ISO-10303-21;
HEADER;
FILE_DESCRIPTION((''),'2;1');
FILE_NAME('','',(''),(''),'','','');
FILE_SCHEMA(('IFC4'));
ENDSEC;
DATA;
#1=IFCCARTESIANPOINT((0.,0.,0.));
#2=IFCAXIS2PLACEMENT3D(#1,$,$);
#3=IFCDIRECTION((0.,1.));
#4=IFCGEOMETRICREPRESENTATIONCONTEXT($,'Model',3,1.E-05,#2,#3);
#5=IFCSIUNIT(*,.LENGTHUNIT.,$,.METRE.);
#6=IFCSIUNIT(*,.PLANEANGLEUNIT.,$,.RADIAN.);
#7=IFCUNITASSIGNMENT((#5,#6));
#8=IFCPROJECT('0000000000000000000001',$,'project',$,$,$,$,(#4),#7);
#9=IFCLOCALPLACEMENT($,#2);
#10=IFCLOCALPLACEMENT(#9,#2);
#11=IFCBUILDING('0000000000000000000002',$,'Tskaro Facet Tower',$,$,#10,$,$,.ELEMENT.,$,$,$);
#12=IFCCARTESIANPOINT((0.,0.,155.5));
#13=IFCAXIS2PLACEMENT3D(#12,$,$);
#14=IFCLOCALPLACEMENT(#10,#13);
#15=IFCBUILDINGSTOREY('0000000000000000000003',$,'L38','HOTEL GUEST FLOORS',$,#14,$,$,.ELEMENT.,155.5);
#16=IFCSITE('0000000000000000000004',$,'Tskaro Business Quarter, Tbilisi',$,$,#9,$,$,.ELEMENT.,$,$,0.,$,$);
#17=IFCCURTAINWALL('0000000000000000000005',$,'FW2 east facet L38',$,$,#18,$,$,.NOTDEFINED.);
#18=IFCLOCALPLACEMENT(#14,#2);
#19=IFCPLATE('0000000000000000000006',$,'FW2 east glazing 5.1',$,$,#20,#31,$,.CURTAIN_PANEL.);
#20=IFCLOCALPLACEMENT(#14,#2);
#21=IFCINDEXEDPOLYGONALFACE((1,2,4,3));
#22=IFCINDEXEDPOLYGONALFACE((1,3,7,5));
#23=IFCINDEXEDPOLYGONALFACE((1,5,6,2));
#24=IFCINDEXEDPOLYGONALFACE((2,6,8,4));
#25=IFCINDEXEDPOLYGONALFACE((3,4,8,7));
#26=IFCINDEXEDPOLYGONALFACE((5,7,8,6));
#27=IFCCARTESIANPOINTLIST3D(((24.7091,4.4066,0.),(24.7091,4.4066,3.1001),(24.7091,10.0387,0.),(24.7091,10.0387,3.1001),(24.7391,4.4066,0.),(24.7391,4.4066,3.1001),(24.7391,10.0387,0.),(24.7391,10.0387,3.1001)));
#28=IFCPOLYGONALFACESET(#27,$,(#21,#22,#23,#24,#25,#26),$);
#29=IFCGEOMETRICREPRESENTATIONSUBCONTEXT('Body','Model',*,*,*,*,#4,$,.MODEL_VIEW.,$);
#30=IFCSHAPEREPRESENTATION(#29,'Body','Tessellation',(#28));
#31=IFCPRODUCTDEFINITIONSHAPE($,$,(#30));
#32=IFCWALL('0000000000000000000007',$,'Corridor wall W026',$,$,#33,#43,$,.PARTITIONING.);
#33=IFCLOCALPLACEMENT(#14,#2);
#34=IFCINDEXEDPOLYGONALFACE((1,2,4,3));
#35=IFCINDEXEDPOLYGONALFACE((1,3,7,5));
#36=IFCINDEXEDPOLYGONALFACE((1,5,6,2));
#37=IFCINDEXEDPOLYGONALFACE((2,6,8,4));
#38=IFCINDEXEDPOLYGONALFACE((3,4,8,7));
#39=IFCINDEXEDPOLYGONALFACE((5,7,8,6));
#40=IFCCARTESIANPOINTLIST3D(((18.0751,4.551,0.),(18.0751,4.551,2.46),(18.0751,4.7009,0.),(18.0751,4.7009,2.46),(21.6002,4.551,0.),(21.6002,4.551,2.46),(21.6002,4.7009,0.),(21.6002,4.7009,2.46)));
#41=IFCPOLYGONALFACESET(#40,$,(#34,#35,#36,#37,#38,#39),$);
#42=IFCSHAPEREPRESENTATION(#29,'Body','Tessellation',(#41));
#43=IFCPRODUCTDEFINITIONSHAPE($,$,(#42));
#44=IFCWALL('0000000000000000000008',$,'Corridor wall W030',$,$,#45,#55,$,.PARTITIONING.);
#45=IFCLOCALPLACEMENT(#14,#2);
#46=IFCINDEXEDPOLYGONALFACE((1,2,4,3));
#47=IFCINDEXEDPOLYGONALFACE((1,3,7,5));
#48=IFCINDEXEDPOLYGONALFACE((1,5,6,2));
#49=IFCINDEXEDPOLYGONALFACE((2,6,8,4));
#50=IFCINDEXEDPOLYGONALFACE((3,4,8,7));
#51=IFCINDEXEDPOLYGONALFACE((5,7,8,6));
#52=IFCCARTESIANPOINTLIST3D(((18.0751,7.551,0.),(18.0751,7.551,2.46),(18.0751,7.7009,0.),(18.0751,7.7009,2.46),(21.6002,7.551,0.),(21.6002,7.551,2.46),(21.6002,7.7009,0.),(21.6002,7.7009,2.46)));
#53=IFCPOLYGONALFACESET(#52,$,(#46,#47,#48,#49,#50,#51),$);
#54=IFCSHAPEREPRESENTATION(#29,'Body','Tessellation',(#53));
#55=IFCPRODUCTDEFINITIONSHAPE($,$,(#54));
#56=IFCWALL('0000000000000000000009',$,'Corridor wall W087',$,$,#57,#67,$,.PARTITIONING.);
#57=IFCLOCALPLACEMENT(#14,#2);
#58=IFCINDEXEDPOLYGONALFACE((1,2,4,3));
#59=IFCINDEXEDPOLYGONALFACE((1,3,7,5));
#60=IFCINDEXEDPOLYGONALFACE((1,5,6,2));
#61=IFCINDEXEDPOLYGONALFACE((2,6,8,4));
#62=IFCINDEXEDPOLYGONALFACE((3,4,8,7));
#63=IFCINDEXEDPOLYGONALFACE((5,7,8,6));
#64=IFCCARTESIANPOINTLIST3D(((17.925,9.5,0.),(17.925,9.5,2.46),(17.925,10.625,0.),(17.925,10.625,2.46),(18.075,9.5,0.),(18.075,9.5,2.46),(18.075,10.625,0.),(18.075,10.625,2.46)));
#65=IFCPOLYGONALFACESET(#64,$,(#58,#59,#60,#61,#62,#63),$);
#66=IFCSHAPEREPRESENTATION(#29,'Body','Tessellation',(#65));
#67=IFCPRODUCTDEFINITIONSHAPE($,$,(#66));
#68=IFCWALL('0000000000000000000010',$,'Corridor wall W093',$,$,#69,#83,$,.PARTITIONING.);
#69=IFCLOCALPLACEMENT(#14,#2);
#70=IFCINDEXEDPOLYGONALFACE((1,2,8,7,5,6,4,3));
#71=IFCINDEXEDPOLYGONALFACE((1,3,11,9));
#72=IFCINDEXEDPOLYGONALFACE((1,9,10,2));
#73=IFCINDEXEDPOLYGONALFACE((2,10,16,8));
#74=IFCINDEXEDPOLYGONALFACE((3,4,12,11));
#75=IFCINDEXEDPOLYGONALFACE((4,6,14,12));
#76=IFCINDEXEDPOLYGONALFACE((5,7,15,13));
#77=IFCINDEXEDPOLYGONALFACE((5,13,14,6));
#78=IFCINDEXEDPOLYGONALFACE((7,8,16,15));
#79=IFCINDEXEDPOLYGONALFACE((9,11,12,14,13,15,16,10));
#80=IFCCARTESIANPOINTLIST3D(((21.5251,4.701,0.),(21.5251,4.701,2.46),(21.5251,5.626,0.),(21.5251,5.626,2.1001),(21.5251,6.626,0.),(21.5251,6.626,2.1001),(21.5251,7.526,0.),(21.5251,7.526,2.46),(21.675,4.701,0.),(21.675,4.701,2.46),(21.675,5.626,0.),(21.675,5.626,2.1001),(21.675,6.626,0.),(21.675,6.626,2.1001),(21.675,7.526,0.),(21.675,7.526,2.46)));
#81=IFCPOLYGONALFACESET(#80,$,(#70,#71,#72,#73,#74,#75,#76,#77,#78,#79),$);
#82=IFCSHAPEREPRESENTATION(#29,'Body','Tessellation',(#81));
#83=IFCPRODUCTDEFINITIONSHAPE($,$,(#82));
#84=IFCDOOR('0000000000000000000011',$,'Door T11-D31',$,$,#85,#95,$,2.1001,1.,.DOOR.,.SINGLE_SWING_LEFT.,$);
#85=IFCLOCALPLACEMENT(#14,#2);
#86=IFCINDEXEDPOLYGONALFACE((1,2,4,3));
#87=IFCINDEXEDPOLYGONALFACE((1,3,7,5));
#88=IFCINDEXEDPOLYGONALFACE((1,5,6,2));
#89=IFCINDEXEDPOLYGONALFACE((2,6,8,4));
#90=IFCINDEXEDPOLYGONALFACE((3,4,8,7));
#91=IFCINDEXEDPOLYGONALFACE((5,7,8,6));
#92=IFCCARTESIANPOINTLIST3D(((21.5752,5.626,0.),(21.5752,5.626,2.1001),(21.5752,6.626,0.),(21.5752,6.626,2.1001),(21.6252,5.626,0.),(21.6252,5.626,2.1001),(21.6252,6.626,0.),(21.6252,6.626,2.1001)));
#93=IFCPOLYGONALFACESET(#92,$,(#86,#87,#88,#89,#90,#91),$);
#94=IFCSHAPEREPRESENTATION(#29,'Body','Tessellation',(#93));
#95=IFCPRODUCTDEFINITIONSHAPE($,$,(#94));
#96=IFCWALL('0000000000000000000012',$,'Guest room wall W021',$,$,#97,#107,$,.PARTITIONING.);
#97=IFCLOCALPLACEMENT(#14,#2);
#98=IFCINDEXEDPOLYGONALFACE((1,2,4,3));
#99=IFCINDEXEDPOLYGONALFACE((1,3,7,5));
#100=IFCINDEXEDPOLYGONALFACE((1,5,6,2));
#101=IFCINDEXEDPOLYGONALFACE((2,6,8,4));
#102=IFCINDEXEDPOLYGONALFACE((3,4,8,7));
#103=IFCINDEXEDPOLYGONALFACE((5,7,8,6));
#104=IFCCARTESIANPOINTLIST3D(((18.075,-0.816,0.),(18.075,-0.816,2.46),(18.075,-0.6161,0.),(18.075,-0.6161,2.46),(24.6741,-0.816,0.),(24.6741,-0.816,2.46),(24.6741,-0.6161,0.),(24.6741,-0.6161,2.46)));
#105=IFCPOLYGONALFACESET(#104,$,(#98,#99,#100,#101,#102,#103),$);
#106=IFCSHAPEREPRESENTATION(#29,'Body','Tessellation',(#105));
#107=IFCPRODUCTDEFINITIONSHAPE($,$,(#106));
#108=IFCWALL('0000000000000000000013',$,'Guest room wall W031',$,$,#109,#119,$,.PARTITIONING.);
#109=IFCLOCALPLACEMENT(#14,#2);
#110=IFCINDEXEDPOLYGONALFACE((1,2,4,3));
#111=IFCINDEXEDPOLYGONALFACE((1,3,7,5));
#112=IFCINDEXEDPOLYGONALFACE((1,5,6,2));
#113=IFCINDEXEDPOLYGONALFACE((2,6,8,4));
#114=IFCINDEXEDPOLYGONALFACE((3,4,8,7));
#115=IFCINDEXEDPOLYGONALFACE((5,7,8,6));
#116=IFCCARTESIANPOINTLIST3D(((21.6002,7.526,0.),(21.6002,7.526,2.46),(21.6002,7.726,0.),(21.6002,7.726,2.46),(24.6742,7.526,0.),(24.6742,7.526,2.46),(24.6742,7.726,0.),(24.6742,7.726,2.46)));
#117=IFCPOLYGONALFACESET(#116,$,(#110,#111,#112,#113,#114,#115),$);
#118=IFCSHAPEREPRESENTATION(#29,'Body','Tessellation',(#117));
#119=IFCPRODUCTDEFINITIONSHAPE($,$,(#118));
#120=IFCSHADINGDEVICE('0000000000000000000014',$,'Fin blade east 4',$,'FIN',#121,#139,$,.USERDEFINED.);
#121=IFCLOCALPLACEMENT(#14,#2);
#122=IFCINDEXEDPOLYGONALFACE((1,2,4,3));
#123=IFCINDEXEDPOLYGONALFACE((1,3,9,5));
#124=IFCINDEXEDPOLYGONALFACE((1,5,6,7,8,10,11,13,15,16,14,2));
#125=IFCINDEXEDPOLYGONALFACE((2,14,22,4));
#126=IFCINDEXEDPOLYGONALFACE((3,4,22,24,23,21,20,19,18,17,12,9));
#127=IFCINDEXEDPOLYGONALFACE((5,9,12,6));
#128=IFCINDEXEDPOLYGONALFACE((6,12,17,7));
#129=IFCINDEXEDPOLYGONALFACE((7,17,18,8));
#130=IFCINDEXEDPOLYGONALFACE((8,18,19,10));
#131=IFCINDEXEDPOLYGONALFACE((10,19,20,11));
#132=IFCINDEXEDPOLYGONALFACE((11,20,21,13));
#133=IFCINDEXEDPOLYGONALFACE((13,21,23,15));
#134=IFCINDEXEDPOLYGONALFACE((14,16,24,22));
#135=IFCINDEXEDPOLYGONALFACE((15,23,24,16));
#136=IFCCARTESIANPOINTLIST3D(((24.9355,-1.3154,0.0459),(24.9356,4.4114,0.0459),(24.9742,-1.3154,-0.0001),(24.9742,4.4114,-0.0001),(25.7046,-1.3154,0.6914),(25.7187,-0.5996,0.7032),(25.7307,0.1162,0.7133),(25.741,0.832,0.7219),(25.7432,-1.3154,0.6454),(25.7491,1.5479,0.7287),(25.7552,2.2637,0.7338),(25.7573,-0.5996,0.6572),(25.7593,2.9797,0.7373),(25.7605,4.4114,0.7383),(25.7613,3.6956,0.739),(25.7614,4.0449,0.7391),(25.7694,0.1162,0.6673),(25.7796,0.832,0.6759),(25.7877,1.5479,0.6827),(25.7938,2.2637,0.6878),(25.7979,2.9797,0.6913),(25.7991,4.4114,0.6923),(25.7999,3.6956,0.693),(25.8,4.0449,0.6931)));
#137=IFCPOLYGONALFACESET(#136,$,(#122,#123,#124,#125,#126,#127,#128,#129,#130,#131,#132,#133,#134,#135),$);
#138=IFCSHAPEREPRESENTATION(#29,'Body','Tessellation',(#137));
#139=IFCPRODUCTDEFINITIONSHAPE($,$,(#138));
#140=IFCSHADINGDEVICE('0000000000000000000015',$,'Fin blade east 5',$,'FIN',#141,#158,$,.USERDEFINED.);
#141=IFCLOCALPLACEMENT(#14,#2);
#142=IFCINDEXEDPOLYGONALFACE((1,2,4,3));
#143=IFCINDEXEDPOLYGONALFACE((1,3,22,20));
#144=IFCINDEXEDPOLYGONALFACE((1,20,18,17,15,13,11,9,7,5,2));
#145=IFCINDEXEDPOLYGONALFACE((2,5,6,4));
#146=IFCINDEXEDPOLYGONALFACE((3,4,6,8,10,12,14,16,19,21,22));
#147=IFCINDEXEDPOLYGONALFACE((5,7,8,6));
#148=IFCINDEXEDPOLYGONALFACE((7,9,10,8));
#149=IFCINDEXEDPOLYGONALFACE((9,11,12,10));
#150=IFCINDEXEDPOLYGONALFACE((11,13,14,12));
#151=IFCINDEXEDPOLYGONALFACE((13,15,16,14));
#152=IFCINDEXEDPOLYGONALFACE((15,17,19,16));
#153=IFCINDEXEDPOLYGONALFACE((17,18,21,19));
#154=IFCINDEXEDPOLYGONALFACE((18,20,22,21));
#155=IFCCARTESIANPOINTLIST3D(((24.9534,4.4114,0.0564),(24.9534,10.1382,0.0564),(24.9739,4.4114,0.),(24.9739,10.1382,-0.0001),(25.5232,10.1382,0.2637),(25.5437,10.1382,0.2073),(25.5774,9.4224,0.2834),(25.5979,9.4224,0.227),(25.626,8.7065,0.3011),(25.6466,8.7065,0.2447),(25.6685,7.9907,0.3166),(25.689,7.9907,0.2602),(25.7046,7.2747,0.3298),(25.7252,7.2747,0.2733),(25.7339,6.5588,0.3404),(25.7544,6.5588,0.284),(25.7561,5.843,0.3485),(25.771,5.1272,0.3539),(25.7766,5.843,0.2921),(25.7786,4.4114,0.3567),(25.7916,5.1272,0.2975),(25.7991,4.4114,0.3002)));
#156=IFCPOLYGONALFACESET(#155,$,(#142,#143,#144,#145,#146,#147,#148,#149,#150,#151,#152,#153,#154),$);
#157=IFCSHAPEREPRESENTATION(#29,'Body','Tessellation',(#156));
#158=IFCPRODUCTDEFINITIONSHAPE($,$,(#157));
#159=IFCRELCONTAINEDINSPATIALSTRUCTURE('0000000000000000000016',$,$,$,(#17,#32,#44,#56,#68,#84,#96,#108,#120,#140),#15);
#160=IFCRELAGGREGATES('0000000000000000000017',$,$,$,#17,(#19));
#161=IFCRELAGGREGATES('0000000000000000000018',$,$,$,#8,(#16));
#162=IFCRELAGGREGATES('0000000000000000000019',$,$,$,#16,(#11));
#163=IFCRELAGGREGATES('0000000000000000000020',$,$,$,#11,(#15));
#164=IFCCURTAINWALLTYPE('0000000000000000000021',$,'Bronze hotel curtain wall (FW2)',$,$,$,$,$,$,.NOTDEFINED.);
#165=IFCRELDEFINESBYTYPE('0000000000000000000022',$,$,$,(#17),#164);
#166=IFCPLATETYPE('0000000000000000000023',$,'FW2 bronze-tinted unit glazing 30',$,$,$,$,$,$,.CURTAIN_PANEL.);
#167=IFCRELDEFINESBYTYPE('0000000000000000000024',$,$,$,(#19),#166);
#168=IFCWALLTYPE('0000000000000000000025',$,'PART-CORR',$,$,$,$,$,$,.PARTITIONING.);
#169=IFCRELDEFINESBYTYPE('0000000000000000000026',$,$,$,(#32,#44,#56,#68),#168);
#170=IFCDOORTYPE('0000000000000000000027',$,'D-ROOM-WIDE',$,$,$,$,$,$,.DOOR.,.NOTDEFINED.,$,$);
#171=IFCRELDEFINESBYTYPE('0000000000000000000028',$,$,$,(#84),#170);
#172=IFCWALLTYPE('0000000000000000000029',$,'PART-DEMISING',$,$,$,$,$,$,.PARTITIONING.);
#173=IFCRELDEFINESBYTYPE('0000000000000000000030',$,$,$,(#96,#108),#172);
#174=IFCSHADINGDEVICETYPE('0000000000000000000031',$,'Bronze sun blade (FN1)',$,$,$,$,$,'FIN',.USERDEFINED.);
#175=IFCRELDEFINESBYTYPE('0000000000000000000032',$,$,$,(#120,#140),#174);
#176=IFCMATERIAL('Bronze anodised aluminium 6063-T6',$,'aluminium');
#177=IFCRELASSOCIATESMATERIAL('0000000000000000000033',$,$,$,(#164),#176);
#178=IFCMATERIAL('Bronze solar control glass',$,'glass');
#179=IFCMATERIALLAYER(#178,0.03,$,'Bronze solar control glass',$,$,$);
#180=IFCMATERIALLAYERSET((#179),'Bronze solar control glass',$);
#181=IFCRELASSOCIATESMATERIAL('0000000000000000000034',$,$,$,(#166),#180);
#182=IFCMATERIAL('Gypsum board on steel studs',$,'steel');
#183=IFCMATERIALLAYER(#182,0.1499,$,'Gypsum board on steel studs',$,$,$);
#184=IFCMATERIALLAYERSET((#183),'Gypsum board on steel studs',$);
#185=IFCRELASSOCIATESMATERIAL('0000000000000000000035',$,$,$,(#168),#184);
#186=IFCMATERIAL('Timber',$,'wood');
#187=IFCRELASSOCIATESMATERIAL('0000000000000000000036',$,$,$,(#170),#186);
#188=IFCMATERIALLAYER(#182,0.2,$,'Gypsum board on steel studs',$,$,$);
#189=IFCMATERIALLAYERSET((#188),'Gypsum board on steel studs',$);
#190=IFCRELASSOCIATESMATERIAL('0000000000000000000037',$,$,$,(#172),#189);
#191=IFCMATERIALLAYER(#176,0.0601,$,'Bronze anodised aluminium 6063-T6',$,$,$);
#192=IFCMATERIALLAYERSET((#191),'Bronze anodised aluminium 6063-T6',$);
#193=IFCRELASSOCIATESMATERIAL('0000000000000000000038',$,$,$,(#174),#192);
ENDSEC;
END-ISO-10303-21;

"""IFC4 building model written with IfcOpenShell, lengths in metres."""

from ifc_helpers import new_model, si_unit, direction, frame, frame_2d, origin, origin_2d, place, context, subcontext, project, spatial, polyline, rectangle, outline, extrude, material, layer, layer_set, type_object, element, fill, aggregate, save


model = new_model("IFC4")

# Units and contexts
model_context = context("Model", 3, precision=1e-05, world=origin(), true_north=direction((0.0, 1.0)))
body_context = subcontext(model_context, "Body", "Model", "MODEL_VIEW")
ifc_project = project(units=[si_unit("LENGTHUNIT", "METRE"), si_unit("PLANEANGLEUNIT", "RADIAN")], contexts=[model_context])

# Site, building, storey
site_placement = place(None, origin())
site = spatial("IfcSite", under=ifc_project, at=site_placement, Name="Tskaro Business Quarter, Tbilisi", CompositionType="ELEMENT", RefElevation=0.0)
building_placement = place(site_placement, origin())
building = spatial("IfcBuilding", under=site, at=building_placement, Name="Tskaro Facet Tower", CompositionType="ELEMENT")
storey_placement = place(building_placement, frame((0.0, 0.0, 155.5)))
storey = spatial("IfcBuildingStorey", under=building, at=storey_placement, Name="L38", Description="HOTEL GUEST FLOORS", CompositionType="ELEMENT", Elevation=155.5)

# Curtain wall
ifc_material_1 = material(Name="Bronze anodised aluminium 6063-T6", Category="aluminium")
curtain_wall_type = type_object("IfcCurtainWallType", Name="Bronze hotel curtain wall (FW2)", PredefinedType="NOTDEFINED", material=ifc_material_1)
curtain_wall_placement = place(storey_placement, origin())
curtain_wall = element("IfcCurtainWall", 1, at=curtain_wall_placement, inside=storey, type_object=curtain_wall_type, Name="FW2 east facet L38", PredefinedType="NOTDEFINED")

# Plate
ifc_material_2 = material(Name="Bronze solar control glass", Category="glass")
ifc_layer_1 = layer(ifc_material_2, 0.03, Name="Bronze solar control glass")
ifc_layer_set_1 = layer_set([ifc_layer_1], Name="Bronze solar control glass")
plate_type = type_object("IfcPlateType", Name="FW2 bronze-tinted unit glazing 30", PredefinedType="CURTAIN_PANEL", material=ifc_layer_set_1)
plate_1_placement = place(storey_placement, frame((24.7241, 7.2227, 0.0), z_axis=(0.0, 0.0, 1.0), x_axis=(0.0, 1.0, 0.0)))
plate_1 = element("IfcPlate", 2, at=plate_1_placement, type_object=plate_type, Name="FW2 east glazing 5.1", PredefinedType="CURTAIN_PANEL", context=body_context, shape_type="SweptSolid", body=[
    extrude(rectangle(XDim=5.6321, YDim=0.03, at=origin_2d()), origin(), (0.0, 0.0, 1.0), 3.1001),
])
aggregate(curtain_wall, [plate_1])

# Walls
ifc_material_3 = material(Name="Gypsum board on steel studs", Category="steel")
ifc_layer_2 = layer(ifc_material_3, 0.1499, Name="Gypsum board on steel studs")
ifc_layer_set_2 = layer_set([ifc_layer_2], Name="Gypsum board on steel studs")
wall_type_1 = type_object("IfcWallType", Name="PART-CORR", PredefinedType="PARTITIONING", material=ifc_layer_set_2)
for number, where, z_axis, x_axis, name in (
    (3, (18.075, 4.626, 0.0), (0.0, 0.0, 1.0), (1.0, 0.0, 0.0), "Corridor wall W026"),
    (4, (18.075, 7.626, 0.0), (0.0, 0.0, 1.0), (1.0, 0.0, 0.0), "Corridor wall W030"),
):
    element("IfcWall", number, at=place(storey_placement, frame(where, z_axis=z_axis, x_axis=x_axis)), inside=storey, type_object=wall_type_1, Name=name, PredefinedType="PARTITIONING", context=body_context, shape_type="SweptSolid", body=[
        extrude(rectangle(XDim=3.5251, YDim=0.1499, at=frame_2d((1.7627, 0.0))), origin(), (0.0, 0.0, 1.0), 2.46),
    ])
wall_1_placement = place(storey_placement, frame((18.0, 9.5, 0.0), z_axis=(0.0, 0.0, 1.0), x_axis=(0.0, 1.0, 0.0)))
element("IfcWall", 5, at=wall_1_placement, inside=storey, type_object=wall_type_1, Name="Corridor wall W087", PredefinedType="PARTITIONING", context=body_context, shape_type="SweptSolid", body=[
    extrude(rectangle(XDim=1.125, YDim=0.1499, at=frame_2d((0.5625, 0.0))), origin(), (0.0, 0.0, 1.0), 2.46),
])

# Wall, opening, door
wall_2_placement = place(storey_placement, frame((21.6001, 4.7009, 0.0), z_axis=(0.0, 0.0, 1.0), x_axis=(0.0, 1.0, 0.0)))
wall_2 = element("IfcWall", 6, at=wall_2_placement, inside=storey, type_object=wall_type_1, Name="Corridor wall W093", PredefinedType="PARTITIONING", context=body_context, shape_type="SweptSolid", body=[
    extrude(rectangle(XDim=2.825, YDim=0.1499, at=frame_2d((1.4126, 0.0))), origin(), (0.0, 0.0, 1.0), 2.46),
])
opening_placement = place(wall_2_placement, frame((0.925, 0.0, 0.0)))
opening = element("IfcOpeningElement", 7, at=opening_placement, cuts=wall_2, PredefinedType="OPENING", context=body_context, shape_type="SweptSolid", body=[
    extrude(rectangle(XDim=1.0, YDim=2.1001, at=frame_2d((0.5, 1.05))), frame((0.0, 0.085, 0.0), z_axis=(0.0, -1.0, 0.0), x_axis=(1.0, 0.0, 0.0)), (0.0, 0.0, 1.0), 0.1699),
])
ifc_material_4 = material(Name="Timber", Category="wood")
door_type = type_object("IfcDoorType", Name="D-ROOM-WIDE", OperationType="NOTDEFINED", PredefinedType="DOOR", material=ifc_material_4)
door_placement = place(opening_placement, origin())
door = element("IfcDoor", 8, at=door_placement, inside=storey, type_object=door_type, Name="Door T11-D31", OperationType="SINGLE_SWING_LEFT", OverallHeight=2.1001, OverallWidth=1.0, PredefinedType="DOOR", context=body_context, shape_type="SweptSolid", body=[
    extrude(rectangle(XDim=1.0, YDim=2.1001, at=frame_2d((0.5, 1.05))), frame((0.0, 0.0249, 0.0), z_axis=(0.0, -1.0, 0.0), x_axis=(1.0, 0.0, 0.0)), (0.0, 0.0, 1.0), 0.05),
])
fill(opening, door)

# Walls
ifc_layer_3 = layer(ifc_material_3, 0.2, Name="Gypsum board on steel studs")
ifc_layer_set_3 = layer_set([ifc_layer_3], Name="Gypsum board on steel studs")
wall_type_2 = type_object("IfcWallType", Name="PART-DEMISING", PredefinedType="PARTITIONING", material=ifc_layer_set_3)
wall_3_placement = place(storey_placement, frame((18.075, -0.7161, 0.0), z_axis=(0.0, 0.0, 1.0), x_axis=(1.0, 0.0, 0.0)))
element("IfcWall", 9, at=wall_3_placement, inside=storey, type_object=wall_type_2, Name="Guest room wall W021", PredefinedType="PARTITIONING", context=body_context, shape_type="SweptSolid", body=[
    extrude(rectangle(XDim=6.5991, YDim=0.2, at=frame_2d((3.2996, 0.0))), origin(), (0.0, 0.0, 1.0), 2.46),
])
wall_4_placement = place(storey_placement, frame((21.6001, 7.626, 0.0), z_axis=(0.0, 0.0, 1.0), x_axis=(1.0, 0.0, 0.0)))
element("IfcWall", 10, at=wall_4_placement, inside=storey, type_object=wall_type_2, Name="Guest room wall W031", PredefinedType="PARTITIONING", context=body_context, shape_type="SweptSolid", body=[
    extrude(rectangle(XDim=3.074, YDim=0.2, at=frame_2d((1.5371, 0.0))), origin(), (0.0, 0.0, 1.0), 2.46),
])

# Shading devices
ifc_layer_4 = layer(ifc_material_1, 0.0601, Name="Bronze anodised aluminium 6063-T6")
ifc_layer_set_4 = layer_set([ifc_layer_4], Name="Bronze anodised aluminium 6063-T6")
shading_device_type = type_object("IfcShadingDeviceType", Name="Bronze sun blade (FN1)", ElementType="FIN", PredefinedType="USERDEFINED", material=ifc_layer_set_4)
shading_device_1_placement = place(storey_placement, frame((24.9355, -1.3154, 0.0459), z_axis=(-0.642903, 0.000003, 0.765948), x_axis=(0.000002, 1.0, -0.000003)))
element("IfcShadingDevice", 11, at=shading_device_1_placement, inside=storey, type_object=shading_device_type, Name="Fin blade east 4", ObjectType="FIN", PredefinedType="USERDEFINED", context=body_context, shape_type="SweptSolid", body=[
    extrude(outline(polyline([(0.0, 0.0), (5.7268, 0.0), (5.7268, -1.077), (5.3604, -1.0782), (5.011, -1.078), (4.2952, -1.0754), (3.5791, -1.0701), (2.8633, -1.0621), (2.1475, -1.0515), (1.4316, -1.0382), (0.7158, -1.0224), (0.0, -1.004), (0.0, 0.0)])), origin(), (0.0, 0.0, -1.0), 0.0601),
])
shading_device_2_placement = place(storey_placement, frame((24.9534, 4.4114, 0.0564), z_axis=(-0.341961, 0.000006, 0.939714), x_axis=(0.000002, 1.0, -0.000005)))
element("IfcShadingDevice", 12, at=shading_device_2_placement, inside=storey, type_object=shading_device_type, Name="Fin blade east 5", ObjectType="FIN", PredefinedType="USERDEFINED", context=body_context, shape_type="SweptSolid", body=[
    extrude(outline(polyline([(0.0, 0.0), (5.7268, 0.0), (5.7268, -0.6064), (5.011, -0.664), (4.2952, -0.7158), (3.5793, -0.761), (2.8633, -0.7994), (2.1475, -0.8306), (1.4316, -0.8542), (0.7158, -0.8701), (0.0, -0.8781), (0.0, 0.0)])), origin(), (0.0, 0.0, -1.0), 0.0601),
])

save(model, "model.ifc")
